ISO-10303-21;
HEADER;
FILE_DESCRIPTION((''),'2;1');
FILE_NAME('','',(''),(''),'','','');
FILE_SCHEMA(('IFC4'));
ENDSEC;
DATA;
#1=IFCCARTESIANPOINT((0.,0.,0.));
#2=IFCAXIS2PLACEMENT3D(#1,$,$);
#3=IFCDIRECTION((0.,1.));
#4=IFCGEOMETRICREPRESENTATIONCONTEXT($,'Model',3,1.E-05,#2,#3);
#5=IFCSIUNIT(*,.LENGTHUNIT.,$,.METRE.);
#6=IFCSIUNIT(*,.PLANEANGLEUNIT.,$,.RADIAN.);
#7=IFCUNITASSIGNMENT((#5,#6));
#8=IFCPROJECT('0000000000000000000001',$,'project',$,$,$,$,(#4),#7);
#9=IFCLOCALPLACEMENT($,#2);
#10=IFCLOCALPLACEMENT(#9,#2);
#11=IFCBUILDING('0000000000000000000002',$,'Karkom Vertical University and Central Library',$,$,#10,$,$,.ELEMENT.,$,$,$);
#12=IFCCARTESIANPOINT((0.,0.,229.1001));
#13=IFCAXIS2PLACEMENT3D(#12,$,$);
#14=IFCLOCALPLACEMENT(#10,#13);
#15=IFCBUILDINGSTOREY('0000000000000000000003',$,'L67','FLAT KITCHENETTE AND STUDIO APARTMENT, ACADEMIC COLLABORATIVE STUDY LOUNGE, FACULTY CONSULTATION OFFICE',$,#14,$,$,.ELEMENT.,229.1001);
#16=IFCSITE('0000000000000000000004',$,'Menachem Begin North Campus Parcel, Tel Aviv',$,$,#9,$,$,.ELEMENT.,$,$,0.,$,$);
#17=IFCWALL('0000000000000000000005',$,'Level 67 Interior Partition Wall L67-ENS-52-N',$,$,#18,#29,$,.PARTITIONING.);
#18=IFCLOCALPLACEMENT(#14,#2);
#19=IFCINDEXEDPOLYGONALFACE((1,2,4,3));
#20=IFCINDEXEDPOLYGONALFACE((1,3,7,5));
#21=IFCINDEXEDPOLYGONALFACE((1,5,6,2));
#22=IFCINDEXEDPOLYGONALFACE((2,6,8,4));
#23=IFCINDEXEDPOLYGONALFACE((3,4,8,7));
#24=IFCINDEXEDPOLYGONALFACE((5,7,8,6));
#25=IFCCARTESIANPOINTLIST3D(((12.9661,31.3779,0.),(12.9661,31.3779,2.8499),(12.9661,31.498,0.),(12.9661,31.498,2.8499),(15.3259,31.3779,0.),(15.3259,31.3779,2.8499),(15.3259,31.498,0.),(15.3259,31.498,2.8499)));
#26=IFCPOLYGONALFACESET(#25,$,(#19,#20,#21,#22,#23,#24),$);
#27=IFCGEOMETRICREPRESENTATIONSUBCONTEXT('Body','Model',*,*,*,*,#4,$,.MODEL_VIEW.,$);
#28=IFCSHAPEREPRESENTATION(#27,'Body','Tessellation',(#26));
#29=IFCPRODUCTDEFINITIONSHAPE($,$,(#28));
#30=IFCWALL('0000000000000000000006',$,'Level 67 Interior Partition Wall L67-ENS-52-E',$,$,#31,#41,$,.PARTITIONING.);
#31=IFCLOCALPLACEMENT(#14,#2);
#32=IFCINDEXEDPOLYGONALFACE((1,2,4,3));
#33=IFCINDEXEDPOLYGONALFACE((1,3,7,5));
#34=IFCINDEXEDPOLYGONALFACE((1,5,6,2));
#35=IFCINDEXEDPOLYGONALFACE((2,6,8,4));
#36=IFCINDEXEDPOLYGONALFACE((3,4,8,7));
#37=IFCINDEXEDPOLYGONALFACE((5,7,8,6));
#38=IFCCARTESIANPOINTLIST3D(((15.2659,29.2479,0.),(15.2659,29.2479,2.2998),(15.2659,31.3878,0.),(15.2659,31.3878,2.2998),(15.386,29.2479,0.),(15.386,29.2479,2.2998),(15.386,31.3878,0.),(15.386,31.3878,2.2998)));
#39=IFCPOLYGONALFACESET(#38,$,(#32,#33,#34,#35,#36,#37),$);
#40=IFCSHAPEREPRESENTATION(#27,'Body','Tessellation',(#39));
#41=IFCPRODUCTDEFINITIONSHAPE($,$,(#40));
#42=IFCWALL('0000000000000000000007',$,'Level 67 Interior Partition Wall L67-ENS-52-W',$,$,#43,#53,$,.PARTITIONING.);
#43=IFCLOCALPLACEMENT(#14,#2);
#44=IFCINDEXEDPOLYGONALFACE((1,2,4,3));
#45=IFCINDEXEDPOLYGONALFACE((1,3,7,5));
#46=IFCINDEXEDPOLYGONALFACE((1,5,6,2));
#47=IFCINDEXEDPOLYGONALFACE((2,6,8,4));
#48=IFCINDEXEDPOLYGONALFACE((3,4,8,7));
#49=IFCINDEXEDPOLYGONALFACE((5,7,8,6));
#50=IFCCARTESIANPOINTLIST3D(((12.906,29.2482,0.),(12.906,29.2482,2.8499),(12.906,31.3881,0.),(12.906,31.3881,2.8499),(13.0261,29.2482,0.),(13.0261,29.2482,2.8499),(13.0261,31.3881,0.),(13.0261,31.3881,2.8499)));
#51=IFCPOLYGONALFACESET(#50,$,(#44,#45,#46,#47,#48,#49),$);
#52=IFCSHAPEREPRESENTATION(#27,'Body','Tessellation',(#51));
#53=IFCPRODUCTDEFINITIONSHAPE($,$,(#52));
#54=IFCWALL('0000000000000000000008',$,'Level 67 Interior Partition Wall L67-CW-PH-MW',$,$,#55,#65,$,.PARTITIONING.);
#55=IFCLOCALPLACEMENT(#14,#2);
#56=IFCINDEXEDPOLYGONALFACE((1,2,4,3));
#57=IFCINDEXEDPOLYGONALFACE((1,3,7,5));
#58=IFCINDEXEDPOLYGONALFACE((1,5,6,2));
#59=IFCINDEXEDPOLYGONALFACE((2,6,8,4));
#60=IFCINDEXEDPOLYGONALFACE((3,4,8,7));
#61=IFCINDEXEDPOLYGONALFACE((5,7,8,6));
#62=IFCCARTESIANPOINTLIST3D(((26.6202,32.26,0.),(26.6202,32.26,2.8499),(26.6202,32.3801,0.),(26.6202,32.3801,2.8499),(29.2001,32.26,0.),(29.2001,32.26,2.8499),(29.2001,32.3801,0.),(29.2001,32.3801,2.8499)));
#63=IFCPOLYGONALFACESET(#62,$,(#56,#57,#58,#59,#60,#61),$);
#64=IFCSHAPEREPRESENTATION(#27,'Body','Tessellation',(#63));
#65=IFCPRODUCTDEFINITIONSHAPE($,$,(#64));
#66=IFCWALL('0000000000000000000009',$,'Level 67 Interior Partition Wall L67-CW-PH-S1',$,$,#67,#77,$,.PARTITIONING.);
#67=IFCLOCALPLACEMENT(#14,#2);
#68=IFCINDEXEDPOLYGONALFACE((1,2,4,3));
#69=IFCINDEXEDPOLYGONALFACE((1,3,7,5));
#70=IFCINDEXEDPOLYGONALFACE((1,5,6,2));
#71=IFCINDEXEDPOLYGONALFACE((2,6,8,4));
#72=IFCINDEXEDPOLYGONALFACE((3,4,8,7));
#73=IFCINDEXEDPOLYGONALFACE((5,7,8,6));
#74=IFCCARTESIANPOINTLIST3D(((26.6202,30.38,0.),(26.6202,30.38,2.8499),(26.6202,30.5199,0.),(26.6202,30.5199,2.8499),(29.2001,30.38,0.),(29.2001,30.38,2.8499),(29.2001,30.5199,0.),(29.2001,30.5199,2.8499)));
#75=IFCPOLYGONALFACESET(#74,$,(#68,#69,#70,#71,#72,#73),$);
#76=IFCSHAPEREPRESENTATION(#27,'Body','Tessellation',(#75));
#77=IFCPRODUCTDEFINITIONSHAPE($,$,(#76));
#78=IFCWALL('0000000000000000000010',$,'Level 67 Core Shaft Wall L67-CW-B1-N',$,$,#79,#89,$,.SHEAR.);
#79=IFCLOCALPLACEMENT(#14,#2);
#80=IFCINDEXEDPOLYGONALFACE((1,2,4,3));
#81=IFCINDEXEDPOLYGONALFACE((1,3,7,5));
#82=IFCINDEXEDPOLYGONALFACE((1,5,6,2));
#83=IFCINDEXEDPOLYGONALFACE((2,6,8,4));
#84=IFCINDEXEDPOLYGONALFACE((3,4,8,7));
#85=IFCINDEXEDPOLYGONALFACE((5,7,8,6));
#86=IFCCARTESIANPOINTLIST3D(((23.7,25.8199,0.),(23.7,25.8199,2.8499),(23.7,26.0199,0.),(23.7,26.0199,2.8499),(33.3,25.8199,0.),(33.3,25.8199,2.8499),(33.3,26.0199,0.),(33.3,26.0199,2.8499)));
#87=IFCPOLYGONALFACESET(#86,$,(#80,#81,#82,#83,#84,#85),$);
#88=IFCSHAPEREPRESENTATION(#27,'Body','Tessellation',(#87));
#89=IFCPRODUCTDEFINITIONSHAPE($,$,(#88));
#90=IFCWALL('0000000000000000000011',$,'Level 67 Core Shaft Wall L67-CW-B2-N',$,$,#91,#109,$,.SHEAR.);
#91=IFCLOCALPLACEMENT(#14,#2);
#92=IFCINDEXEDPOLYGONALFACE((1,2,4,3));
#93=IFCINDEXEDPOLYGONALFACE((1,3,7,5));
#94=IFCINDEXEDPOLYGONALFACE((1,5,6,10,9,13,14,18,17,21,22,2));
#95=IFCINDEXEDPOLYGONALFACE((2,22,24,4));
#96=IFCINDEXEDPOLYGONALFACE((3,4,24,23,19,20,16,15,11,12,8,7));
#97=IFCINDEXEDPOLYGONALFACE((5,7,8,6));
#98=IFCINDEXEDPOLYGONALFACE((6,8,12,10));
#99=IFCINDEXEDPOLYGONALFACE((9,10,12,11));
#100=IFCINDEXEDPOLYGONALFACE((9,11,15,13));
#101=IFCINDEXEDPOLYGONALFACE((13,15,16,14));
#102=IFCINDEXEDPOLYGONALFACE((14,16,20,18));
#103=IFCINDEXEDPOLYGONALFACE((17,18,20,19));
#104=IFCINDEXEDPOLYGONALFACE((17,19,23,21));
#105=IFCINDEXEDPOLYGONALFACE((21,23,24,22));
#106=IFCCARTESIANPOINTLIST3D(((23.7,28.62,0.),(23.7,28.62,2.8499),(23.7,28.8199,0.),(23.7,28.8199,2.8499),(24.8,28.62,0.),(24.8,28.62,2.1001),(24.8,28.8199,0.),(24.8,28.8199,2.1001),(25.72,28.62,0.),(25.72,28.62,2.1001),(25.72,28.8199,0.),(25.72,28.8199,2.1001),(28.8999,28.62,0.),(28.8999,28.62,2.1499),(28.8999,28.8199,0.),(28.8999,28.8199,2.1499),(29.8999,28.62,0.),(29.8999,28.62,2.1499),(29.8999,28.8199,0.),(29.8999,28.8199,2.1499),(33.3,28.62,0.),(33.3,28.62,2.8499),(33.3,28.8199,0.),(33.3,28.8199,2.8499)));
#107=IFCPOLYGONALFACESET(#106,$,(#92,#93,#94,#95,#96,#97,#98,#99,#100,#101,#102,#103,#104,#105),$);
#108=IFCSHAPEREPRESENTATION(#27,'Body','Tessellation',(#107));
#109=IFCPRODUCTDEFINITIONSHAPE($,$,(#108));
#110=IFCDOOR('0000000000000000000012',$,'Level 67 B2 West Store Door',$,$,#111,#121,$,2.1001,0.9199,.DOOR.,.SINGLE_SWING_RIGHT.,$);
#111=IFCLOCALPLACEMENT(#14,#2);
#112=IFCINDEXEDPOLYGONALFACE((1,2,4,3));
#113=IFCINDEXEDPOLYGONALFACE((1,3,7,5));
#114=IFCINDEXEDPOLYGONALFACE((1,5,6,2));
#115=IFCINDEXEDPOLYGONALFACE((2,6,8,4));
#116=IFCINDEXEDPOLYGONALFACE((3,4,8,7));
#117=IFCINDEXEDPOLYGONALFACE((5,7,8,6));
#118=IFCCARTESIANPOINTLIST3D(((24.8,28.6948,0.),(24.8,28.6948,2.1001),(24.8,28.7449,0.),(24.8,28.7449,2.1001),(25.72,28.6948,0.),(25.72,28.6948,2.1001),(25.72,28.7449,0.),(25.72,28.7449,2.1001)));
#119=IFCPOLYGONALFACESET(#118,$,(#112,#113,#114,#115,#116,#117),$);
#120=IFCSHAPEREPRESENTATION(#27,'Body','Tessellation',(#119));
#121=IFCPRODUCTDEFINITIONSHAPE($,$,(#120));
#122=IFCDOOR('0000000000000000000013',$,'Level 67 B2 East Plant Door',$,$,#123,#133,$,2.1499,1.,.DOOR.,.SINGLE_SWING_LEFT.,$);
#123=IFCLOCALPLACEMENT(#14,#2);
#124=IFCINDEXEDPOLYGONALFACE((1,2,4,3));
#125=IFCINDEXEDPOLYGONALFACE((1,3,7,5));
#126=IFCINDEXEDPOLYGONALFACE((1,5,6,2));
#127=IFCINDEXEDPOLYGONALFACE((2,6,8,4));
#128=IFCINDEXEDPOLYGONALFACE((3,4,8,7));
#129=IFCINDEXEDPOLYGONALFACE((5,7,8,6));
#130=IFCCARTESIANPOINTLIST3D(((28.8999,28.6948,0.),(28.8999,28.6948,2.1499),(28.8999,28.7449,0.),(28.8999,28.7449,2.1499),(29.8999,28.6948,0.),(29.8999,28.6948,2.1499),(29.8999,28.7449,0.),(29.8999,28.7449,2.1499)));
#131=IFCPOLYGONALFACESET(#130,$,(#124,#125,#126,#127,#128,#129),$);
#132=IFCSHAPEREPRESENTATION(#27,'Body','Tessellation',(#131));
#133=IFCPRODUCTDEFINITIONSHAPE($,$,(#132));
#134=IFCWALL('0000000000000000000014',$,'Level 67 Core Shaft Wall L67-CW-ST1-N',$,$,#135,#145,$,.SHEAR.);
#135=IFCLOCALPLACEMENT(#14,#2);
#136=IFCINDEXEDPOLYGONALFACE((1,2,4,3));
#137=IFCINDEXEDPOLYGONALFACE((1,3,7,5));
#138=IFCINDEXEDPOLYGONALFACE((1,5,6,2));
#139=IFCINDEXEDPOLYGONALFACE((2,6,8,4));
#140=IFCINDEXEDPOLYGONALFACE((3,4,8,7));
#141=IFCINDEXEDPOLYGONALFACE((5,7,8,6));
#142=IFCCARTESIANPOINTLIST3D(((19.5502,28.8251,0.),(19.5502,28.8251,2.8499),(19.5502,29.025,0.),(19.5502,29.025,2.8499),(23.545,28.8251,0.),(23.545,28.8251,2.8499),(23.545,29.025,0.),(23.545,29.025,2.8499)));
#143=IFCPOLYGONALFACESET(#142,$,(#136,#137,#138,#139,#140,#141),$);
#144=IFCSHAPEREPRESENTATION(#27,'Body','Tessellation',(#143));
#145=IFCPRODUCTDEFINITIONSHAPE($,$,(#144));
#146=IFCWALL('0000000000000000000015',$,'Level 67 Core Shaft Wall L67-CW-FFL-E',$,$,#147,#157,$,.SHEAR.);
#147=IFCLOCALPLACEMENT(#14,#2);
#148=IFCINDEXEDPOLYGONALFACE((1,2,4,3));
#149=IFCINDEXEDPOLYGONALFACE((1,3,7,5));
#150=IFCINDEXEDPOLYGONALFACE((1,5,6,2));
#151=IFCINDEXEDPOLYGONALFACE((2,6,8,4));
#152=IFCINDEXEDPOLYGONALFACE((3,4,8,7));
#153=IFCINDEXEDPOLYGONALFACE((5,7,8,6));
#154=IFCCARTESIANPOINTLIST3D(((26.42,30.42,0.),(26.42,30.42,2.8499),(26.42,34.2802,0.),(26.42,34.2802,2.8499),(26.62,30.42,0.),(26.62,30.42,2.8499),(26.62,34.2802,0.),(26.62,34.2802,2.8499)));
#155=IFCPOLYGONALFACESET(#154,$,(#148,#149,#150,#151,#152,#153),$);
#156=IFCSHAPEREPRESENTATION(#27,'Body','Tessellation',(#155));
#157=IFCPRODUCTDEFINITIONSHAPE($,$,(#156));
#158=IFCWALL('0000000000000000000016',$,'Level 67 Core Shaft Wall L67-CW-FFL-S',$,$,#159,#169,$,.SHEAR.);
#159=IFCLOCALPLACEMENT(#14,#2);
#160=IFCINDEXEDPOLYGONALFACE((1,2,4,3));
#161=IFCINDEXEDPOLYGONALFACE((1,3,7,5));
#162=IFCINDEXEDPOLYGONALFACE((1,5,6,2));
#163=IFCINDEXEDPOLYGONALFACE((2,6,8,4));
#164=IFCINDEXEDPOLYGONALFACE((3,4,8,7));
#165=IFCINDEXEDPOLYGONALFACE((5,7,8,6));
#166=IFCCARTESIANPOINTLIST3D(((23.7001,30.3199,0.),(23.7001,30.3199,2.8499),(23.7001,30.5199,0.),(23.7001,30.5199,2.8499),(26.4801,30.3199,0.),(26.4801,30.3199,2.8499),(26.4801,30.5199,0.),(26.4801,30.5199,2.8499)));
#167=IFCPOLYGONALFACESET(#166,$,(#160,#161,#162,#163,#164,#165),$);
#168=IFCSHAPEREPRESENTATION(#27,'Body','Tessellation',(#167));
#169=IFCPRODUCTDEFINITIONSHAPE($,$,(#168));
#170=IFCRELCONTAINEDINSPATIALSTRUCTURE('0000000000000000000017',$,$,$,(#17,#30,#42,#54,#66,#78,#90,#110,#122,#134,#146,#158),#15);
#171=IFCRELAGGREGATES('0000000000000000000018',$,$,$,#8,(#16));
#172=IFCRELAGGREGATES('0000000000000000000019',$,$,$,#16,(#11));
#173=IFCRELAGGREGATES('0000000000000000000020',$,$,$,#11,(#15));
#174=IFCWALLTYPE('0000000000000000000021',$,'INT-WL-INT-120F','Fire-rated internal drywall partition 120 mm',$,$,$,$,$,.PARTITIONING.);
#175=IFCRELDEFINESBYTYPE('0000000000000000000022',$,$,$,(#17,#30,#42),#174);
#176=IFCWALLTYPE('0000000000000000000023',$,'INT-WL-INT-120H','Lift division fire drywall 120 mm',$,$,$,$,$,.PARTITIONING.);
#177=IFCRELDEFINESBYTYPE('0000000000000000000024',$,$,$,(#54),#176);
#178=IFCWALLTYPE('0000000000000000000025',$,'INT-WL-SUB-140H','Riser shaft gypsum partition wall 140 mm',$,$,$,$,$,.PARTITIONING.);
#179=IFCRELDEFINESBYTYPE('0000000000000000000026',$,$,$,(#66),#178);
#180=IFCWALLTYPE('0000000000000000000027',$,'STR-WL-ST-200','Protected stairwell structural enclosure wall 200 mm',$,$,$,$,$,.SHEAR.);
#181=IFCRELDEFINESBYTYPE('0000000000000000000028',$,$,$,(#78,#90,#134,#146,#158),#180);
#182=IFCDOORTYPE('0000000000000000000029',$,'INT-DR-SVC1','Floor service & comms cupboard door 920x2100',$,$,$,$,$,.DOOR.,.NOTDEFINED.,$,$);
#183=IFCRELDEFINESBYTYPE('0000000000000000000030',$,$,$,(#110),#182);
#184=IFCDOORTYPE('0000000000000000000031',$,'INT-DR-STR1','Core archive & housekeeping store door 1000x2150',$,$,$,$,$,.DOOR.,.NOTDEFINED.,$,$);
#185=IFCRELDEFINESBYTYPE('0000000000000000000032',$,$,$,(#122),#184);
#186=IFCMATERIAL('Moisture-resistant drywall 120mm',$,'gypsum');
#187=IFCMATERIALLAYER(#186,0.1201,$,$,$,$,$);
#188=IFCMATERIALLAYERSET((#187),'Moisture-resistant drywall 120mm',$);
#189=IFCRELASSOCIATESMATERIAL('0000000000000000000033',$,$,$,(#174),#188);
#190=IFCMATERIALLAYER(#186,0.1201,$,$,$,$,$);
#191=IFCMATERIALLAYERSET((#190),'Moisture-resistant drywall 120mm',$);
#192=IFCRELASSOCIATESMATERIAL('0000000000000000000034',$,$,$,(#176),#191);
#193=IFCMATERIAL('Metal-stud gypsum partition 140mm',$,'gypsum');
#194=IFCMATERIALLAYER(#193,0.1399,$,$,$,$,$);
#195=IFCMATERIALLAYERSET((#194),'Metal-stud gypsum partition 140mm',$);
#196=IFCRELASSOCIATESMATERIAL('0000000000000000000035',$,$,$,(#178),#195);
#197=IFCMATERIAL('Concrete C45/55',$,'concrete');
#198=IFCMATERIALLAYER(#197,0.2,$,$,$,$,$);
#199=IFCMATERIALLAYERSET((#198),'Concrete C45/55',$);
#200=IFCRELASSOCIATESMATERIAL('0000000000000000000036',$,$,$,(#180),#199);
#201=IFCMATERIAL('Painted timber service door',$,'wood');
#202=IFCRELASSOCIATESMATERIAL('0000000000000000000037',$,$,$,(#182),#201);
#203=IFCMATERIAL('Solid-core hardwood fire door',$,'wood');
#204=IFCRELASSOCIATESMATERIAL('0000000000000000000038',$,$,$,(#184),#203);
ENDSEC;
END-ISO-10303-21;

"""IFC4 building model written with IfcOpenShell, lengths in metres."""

from ifc_helpers import new_model, si_unit, direction, frame, frame_2d, origin, origin_with_axes, place, context, subcontext, project, spatial, rectangle, extrude, source, transform, mapped, material, layer, layer_set, type_object, element, fill, save


model = new_model("IFC4")

# Units and contexts
model_context = context("Model", 3, precision=1e-05, world=origin(), true_north=direction((0.0, 1.0)))
body_context = subcontext(model_context, "Body", "Model", "MODEL_VIEW")
ifc_project = project(units=[si_unit("LENGTHUNIT", "METRE"), si_unit("PLANEANGLEUNIT", "RADIAN")], contexts=[model_context])

# Site, building, storey
site_placement = place(None, origin())
site = spatial("IfcSite", under=ifc_project, at=site_placement, Name="Menachem Begin North Campus Parcel, Tel Aviv", CompositionType="ELEMENT", RefElevation=0.0)
building_placement = place(site_placement, origin())
building = spatial("IfcBuilding", under=site, at=building_placement, Name="Karkom Vertical University and Central Library", CompositionType="ELEMENT")
storey_placement = place(building_placement, frame((0.0, 0.0, 229.1001)))
storey = spatial("IfcBuildingStorey", under=building, at=storey_placement, Name="L67", Description="FLAT KITCHENETTE AND STUDIO APARTMENT, ACADEMIC COLLABORATIVE STUDY LOUNGE, FACULTY CONSULTATION OFFICE", CompositionType="ELEMENT", Elevation=229.1001)

# Shared definitions
ifc_material_1 = material(Name="Moisture-resistant drywall 120mm", Category="gypsum")

# Shared definitions
ifc_layer_1 = layer(ifc_material_1, 0.1201)
ifc_layer_set_1 = layer_set([ifc_layer_1], Name="Moisture-resistant drywall 120mm")
wall_type_1 = type_object("IfcWallType", Name="INT-WL-INT-120F", Description="Fire-rated internal drywall partition 120 mm", PredefinedType="PARTITIONING", material=ifc_layer_set_1)

# Walls
wall_1_placement = place(storey_placement, frame((15.3259, 31.438, 0.0), z_axis=(0.0, 0.0, 1.0), x_axis=(-1.0, 0.0, 0.0)))
element("IfcWall", 1, at=wall_1_placement, inside=storey, type_object=wall_type_1, Name="Level 67 Interior Partition Wall L67-ENS-52-N", PredefinedType="PARTITIONING", context=body_context, shape_type="SweptSolid", body=[
    extrude(rectangle(XDim=2.3599, YDim=0.1201, at=frame_2d((1.1799, 0.0))), origin(), (0.0, 0.0, 1.0), 2.8499),
])
wall_2_placement = place(storey_placement, frame((15.3259, 29.248, 0.0), z_axis=(0.0, 0.0, 1.0), x_axis=(0.0, 1.0, 0.0)))
element("IfcWall", 2, at=wall_2_placement, inside=storey, type_object=wall_type_1, Name="Level 67 Interior Partition Wall L67-ENS-52-E", PredefinedType="PARTITIONING", context=body_context, shape_type="SweptSolid", body=[
    extrude(rectangle(XDim=2.1399, YDim=0.1201, at=frame_2d((1.0698, 0.0))), origin(), (0.0, 0.0, 1.0), 2.2998),
])
wall_3_placement = place(storey_placement, frame((12.9661, 31.3879, 0.0), z_axis=(0.0, 0.0, 1.0), x_axis=(0.0, -1.0, 0.0)))
element("IfcWall", 3, at=wall_3_placement, inside=storey, type_object=wall_type_1, Name="Level 67 Interior Partition Wall L67-ENS-52-W", PredefinedType="PARTITIONING", context=body_context, shape_type="SweptSolid", body=[
    extrude(rectangle(XDim=2.1399, YDim=0.1201, at=frame_2d((1.0698, 0.0))), origin(), (0.0, 0.0, 1.0), 2.8499),
])
ifc_layer_2 = layer(ifc_material_1, 0.1201)
ifc_layer_set_2 = layer_set([ifc_layer_2], Name="Moisture-resistant drywall 120mm")
wall_type_2 = type_object("IfcWallType", Name="INT-WL-INT-120H", Description="Lift division fire drywall 120 mm", PredefinedType="PARTITIONING", material=ifc_layer_set_2)
wall_4_placement = place(storey_placement, frame((26.6201, 32.3201, 0.0), z_axis=(0.0, 0.0, 1.0), x_axis=(1.0, 0.0, 0.0)))
element("IfcWall", 4, at=wall_4_placement, inside=storey, type_object=wall_type_2, Name="Level 67 Interior Partition Wall L67-CW-PH-MW", PredefinedType="PARTITIONING", context=body_context, shape_type="SweptSolid", body=[
    extrude(rectangle(XDim=2.5798, YDim=0.1201, at=frame_2d((1.29, 0.0))), origin(), (0.0, 0.0, 1.0), 2.8499),
])
ifc_material_2 = material(Name="Metal-stud gypsum partition 140mm", Category="gypsum")
ifc_layer_3 = layer(ifc_material_2, 0.1399)
ifc_layer_set_3 = layer_set([ifc_layer_3], Name="Metal-stud gypsum partition 140mm")
wall_type_3 = type_object("IfcWallType", Name="INT-WL-SUB-140H", Description="Riser shaft gypsum partition wall 140 mm", PredefinedType="PARTITIONING", material=ifc_layer_set_3)
wall_5_placement = place(storey_placement, frame((26.6201, 30.45, 0.0), z_axis=(0.0, 0.0, 1.0), x_axis=(1.0, 0.0, 0.0)))
element("IfcWall", 5, at=wall_5_placement, inside=storey, type_object=wall_type_3, Name="Level 67 Interior Partition Wall L67-CW-PH-S1", PredefinedType="PARTITIONING", context=body_context, shape_type="SweptSolid", body=[
    extrude(rectangle(XDim=2.5798, YDim=0.1399, at=frame_2d((1.29, 0.0))), origin(), (0.0, 0.0, 1.0), 2.8499),
])
ifc_material_3 = material(Name="Concrete C45/55", Category="concrete")
ifc_layer_4 = layer(ifc_material_3, 0.2)
ifc_layer_set_4 = layer_set([ifc_layer_4], Name="Concrete C45/55")
wall_type_4 = type_object("IfcWallType", Name="STR-WL-ST-200", Description="Protected stairwell structural enclosure wall 200 mm", PredefinedType="SHEAR", material=ifc_layer_set_4)
wall_6_placement = place(storey_placement, frame((23.7, 25.9199, 0.0), z_axis=(0.0, 0.0, 1.0), x_axis=(1.0, 0.0, 0.0)))
element("IfcWall", 6, at=wall_6_placement, inside=storey, type_object=wall_type_4, Name="Level 67 Core Shaft Wall L67-CW-B1-N", PredefinedType="SHEAR", context=body_context, shape_type="SweptSolid", body=[
    extrude(rectangle(XDim=9.6001, YDim=0.2, at=frame_2d((4.8, 0.0))), origin(), (0.0, 0.0, 1.0), 2.8499),
])

# Wall, openings, doors
wall_7_placement = place(storey_placement, frame((23.7, 28.72, 0.0), z_axis=(0.0, 0.0, 1.0), x_axis=(1.0, 0.0, 0.0)))
wall_7 = element("IfcWall", 7, at=wall_7_placement, inside=storey, type_object=wall_type_4, Name="Level 67 Core Shaft Wall L67-CW-B2-N", PredefinedType="SHEAR", context=body_context, shape_type="SweptSolid", body=[
    extrude(rectangle(XDim=9.6001, YDim=0.2, at=frame_2d((4.8, 0.0))), origin(), (0.0, 0.0, 1.0), 2.8499),
])
opening_1_placement = place(wall_7_placement, frame((1.1001, 0.0, 0.0)))
opening_1 = element("IfcOpeningElement", 8, at=opening_1_placement, cuts=wall_7, PredefinedType="OPENING", context=body_context, shape_type="SweptSolid", body=[
    extrude(rectangle(XDim=0.9199, YDim=2.1001, at=frame_2d((0.46, 1.05))), frame((0.0, 0.1099, 0.0), z_axis=(0.0, -1.0, 0.0), x_axis=(1.0, 0.0, 0.0)), (0.0, 0.0, 1.0), 0.22),
])
opening_2_placement = place(wall_7_placement, frame((5.2, 0.0, 0.0)))
opening_2 = element("IfcOpeningElement", 9, at=opening_2_placement, cuts=wall_7, PredefinedType="OPENING", context=body_context, shape_type="SweptSolid", body=[
    extrude(rectangle(XDim=1.0, YDim=2.1499, at=frame_2d((0.5, 1.075))), frame((0.0, 0.1099, 0.0), z_axis=(0.0, -1.0, 0.0), x_axis=(1.0, 0.0, 0.0)), (0.0, 0.0, 1.0), 0.22),
])
ifc_material_4 = material(Name="Painted timber service door", Category="wood")
door_type_1 = type_object("IfcDoorType", Name="INT-DR-SVC1", Description="Floor service & comms cupboard door 920x2100", OperationType="NOTDEFINED", PredefinedType="DOOR", material=ifc_material_4)
shared_shape_1 = source(origin_with_axes(), body_context, "Body", "SweptSolid", [
    extrude(rectangle(XDim=0.9199, YDim=2.1001, at=frame_2d((0.46, 1.05))), frame((0.0, 0.0249, 0.0), z_axis=(0.0, -1.0, 0.0), x_axis=(1.0, 0.0, 0.0)), (0.0, 0.0, 1.0), 0.05),
])
door_1_placement = place(opening_1_placement, origin())
door_1 = element("IfcDoor", 10, at=door_1_placement, inside=storey, type_object=door_type_1, Name="Level 67 B2 West Store Door", OperationType="SINGLE_SWING_RIGHT", OverallHeight=2.1001, OverallWidth=0.9199, PredefinedType="DOOR", context=body_context, shape_type="MappedRepresentation", body=[
    mapped(shared_shape_1, transform((0.0, 0.0, 0.0), scale=1.0)),
])
fill(opening_1, door_1)
ifc_material_5 = material(Name="Solid-core hardwood fire door", Category="wood")
door_type_2 = type_object("IfcDoorType", Name="INT-DR-STR1", Description="Core archive & housekeeping store door 1000x2150", OperationType="NOTDEFINED", PredefinedType="DOOR", material=ifc_material_5)
shared_shape_2 = source(origin_with_axes(), body_context, "Body", "SweptSolid", [
    extrude(rectangle(XDim=1.0, YDim=2.1499, at=frame_2d((0.5, 1.075))), frame((0.0, 0.0249, 0.0), z_axis=(0.0, -1.0, 0.0), x_axis=(1.0, 0.0, 0.0)), (0.0, 0.0, 1.0), 0.05),
])
door_2_placement = place(opening_2_placement, origin())
door_2 = element("IfcDoor", 11, at=door_2_placement, inside=storey, type_object=door_type_2, Name="Level 67 B2 East Plant Door", OperationType="SINGLE_SWING_LEFT", OverallHeight=2.1499, OverallWidth=1.0, PredefinedType="DOOR", context=body_context, shape_type="MappedRepresentation", body=[
    mapped(shared_shape_2, transform((0.0, 0.0, 0.0), scale=1.0)),
])
fill(opening_2, door_2)

# Walls
wall_8_placement = place(storey_placement, frame((19.55, 28.925, 0.0), z_axis=(0.0, 0.0, 1.0), x_axis=(1.0, 0.0, 0.0)))
element("IfcWall", 12, at=wall_8_placement, inside=storey, type_object=wall_type_4, Name="Level 67 Core Shaft Wall L67-CW-ST1-N", PredefinedType="SHEAR", context=body_context, shape_type="SweptSolid", body=[
    extrude(rectangle(XDim=3.9949, YDim=0.2, at=frame_2d((1.9976, 0.0))), origin(), (0.0, 0.0, 1.0), 2.8499),
])
wall_9_placement = place(storey_placement, frame((26.52, 30.4199, 0.0), z_axis=(0.0, 0.0, 1.0), x_axis=(0.0, 1.0, 0.0)))
element("IfcWall", 13, at=wall_9_placement, inside=storey, type_object=wall_type_4, Name="Level 67 Core Shaft Wall L67-CW-FFL-E", PredefinedType="SHEAR", context=body_context, shape_type="SweptSolid", body=[
    extrude(rectangle(XDim=3.8601, YDim=0.2, at=frame_2d((1.9302, 0.0))), origin(), (0.0, 0.0, 1.0), 2.8499),
])
wall_10_placement = place(storey_placement, frame((23.7, 30.4199, 0.0), z_axis=(0.0, 0.0, 1.0), x_axis=(1.0, 0.0, 0.0)))
element("IfcWall", 14, at=wall_10_placement, inside=storey, type_object=wall_type_4, Name="Level 67 Core Shaft Wall L67-CW-FFL-S", PredefinedType="SHEAR", context=body_context, shape_type="SweptSolid", body=[
    extrude(rectangle(XDim=2.78, YDim=0.2, at=frame_2d((1.3901, 0.0))), origin(), (0.0, 0.0, 1.0), 2.8499),
])

save(model, "model.ifc")
